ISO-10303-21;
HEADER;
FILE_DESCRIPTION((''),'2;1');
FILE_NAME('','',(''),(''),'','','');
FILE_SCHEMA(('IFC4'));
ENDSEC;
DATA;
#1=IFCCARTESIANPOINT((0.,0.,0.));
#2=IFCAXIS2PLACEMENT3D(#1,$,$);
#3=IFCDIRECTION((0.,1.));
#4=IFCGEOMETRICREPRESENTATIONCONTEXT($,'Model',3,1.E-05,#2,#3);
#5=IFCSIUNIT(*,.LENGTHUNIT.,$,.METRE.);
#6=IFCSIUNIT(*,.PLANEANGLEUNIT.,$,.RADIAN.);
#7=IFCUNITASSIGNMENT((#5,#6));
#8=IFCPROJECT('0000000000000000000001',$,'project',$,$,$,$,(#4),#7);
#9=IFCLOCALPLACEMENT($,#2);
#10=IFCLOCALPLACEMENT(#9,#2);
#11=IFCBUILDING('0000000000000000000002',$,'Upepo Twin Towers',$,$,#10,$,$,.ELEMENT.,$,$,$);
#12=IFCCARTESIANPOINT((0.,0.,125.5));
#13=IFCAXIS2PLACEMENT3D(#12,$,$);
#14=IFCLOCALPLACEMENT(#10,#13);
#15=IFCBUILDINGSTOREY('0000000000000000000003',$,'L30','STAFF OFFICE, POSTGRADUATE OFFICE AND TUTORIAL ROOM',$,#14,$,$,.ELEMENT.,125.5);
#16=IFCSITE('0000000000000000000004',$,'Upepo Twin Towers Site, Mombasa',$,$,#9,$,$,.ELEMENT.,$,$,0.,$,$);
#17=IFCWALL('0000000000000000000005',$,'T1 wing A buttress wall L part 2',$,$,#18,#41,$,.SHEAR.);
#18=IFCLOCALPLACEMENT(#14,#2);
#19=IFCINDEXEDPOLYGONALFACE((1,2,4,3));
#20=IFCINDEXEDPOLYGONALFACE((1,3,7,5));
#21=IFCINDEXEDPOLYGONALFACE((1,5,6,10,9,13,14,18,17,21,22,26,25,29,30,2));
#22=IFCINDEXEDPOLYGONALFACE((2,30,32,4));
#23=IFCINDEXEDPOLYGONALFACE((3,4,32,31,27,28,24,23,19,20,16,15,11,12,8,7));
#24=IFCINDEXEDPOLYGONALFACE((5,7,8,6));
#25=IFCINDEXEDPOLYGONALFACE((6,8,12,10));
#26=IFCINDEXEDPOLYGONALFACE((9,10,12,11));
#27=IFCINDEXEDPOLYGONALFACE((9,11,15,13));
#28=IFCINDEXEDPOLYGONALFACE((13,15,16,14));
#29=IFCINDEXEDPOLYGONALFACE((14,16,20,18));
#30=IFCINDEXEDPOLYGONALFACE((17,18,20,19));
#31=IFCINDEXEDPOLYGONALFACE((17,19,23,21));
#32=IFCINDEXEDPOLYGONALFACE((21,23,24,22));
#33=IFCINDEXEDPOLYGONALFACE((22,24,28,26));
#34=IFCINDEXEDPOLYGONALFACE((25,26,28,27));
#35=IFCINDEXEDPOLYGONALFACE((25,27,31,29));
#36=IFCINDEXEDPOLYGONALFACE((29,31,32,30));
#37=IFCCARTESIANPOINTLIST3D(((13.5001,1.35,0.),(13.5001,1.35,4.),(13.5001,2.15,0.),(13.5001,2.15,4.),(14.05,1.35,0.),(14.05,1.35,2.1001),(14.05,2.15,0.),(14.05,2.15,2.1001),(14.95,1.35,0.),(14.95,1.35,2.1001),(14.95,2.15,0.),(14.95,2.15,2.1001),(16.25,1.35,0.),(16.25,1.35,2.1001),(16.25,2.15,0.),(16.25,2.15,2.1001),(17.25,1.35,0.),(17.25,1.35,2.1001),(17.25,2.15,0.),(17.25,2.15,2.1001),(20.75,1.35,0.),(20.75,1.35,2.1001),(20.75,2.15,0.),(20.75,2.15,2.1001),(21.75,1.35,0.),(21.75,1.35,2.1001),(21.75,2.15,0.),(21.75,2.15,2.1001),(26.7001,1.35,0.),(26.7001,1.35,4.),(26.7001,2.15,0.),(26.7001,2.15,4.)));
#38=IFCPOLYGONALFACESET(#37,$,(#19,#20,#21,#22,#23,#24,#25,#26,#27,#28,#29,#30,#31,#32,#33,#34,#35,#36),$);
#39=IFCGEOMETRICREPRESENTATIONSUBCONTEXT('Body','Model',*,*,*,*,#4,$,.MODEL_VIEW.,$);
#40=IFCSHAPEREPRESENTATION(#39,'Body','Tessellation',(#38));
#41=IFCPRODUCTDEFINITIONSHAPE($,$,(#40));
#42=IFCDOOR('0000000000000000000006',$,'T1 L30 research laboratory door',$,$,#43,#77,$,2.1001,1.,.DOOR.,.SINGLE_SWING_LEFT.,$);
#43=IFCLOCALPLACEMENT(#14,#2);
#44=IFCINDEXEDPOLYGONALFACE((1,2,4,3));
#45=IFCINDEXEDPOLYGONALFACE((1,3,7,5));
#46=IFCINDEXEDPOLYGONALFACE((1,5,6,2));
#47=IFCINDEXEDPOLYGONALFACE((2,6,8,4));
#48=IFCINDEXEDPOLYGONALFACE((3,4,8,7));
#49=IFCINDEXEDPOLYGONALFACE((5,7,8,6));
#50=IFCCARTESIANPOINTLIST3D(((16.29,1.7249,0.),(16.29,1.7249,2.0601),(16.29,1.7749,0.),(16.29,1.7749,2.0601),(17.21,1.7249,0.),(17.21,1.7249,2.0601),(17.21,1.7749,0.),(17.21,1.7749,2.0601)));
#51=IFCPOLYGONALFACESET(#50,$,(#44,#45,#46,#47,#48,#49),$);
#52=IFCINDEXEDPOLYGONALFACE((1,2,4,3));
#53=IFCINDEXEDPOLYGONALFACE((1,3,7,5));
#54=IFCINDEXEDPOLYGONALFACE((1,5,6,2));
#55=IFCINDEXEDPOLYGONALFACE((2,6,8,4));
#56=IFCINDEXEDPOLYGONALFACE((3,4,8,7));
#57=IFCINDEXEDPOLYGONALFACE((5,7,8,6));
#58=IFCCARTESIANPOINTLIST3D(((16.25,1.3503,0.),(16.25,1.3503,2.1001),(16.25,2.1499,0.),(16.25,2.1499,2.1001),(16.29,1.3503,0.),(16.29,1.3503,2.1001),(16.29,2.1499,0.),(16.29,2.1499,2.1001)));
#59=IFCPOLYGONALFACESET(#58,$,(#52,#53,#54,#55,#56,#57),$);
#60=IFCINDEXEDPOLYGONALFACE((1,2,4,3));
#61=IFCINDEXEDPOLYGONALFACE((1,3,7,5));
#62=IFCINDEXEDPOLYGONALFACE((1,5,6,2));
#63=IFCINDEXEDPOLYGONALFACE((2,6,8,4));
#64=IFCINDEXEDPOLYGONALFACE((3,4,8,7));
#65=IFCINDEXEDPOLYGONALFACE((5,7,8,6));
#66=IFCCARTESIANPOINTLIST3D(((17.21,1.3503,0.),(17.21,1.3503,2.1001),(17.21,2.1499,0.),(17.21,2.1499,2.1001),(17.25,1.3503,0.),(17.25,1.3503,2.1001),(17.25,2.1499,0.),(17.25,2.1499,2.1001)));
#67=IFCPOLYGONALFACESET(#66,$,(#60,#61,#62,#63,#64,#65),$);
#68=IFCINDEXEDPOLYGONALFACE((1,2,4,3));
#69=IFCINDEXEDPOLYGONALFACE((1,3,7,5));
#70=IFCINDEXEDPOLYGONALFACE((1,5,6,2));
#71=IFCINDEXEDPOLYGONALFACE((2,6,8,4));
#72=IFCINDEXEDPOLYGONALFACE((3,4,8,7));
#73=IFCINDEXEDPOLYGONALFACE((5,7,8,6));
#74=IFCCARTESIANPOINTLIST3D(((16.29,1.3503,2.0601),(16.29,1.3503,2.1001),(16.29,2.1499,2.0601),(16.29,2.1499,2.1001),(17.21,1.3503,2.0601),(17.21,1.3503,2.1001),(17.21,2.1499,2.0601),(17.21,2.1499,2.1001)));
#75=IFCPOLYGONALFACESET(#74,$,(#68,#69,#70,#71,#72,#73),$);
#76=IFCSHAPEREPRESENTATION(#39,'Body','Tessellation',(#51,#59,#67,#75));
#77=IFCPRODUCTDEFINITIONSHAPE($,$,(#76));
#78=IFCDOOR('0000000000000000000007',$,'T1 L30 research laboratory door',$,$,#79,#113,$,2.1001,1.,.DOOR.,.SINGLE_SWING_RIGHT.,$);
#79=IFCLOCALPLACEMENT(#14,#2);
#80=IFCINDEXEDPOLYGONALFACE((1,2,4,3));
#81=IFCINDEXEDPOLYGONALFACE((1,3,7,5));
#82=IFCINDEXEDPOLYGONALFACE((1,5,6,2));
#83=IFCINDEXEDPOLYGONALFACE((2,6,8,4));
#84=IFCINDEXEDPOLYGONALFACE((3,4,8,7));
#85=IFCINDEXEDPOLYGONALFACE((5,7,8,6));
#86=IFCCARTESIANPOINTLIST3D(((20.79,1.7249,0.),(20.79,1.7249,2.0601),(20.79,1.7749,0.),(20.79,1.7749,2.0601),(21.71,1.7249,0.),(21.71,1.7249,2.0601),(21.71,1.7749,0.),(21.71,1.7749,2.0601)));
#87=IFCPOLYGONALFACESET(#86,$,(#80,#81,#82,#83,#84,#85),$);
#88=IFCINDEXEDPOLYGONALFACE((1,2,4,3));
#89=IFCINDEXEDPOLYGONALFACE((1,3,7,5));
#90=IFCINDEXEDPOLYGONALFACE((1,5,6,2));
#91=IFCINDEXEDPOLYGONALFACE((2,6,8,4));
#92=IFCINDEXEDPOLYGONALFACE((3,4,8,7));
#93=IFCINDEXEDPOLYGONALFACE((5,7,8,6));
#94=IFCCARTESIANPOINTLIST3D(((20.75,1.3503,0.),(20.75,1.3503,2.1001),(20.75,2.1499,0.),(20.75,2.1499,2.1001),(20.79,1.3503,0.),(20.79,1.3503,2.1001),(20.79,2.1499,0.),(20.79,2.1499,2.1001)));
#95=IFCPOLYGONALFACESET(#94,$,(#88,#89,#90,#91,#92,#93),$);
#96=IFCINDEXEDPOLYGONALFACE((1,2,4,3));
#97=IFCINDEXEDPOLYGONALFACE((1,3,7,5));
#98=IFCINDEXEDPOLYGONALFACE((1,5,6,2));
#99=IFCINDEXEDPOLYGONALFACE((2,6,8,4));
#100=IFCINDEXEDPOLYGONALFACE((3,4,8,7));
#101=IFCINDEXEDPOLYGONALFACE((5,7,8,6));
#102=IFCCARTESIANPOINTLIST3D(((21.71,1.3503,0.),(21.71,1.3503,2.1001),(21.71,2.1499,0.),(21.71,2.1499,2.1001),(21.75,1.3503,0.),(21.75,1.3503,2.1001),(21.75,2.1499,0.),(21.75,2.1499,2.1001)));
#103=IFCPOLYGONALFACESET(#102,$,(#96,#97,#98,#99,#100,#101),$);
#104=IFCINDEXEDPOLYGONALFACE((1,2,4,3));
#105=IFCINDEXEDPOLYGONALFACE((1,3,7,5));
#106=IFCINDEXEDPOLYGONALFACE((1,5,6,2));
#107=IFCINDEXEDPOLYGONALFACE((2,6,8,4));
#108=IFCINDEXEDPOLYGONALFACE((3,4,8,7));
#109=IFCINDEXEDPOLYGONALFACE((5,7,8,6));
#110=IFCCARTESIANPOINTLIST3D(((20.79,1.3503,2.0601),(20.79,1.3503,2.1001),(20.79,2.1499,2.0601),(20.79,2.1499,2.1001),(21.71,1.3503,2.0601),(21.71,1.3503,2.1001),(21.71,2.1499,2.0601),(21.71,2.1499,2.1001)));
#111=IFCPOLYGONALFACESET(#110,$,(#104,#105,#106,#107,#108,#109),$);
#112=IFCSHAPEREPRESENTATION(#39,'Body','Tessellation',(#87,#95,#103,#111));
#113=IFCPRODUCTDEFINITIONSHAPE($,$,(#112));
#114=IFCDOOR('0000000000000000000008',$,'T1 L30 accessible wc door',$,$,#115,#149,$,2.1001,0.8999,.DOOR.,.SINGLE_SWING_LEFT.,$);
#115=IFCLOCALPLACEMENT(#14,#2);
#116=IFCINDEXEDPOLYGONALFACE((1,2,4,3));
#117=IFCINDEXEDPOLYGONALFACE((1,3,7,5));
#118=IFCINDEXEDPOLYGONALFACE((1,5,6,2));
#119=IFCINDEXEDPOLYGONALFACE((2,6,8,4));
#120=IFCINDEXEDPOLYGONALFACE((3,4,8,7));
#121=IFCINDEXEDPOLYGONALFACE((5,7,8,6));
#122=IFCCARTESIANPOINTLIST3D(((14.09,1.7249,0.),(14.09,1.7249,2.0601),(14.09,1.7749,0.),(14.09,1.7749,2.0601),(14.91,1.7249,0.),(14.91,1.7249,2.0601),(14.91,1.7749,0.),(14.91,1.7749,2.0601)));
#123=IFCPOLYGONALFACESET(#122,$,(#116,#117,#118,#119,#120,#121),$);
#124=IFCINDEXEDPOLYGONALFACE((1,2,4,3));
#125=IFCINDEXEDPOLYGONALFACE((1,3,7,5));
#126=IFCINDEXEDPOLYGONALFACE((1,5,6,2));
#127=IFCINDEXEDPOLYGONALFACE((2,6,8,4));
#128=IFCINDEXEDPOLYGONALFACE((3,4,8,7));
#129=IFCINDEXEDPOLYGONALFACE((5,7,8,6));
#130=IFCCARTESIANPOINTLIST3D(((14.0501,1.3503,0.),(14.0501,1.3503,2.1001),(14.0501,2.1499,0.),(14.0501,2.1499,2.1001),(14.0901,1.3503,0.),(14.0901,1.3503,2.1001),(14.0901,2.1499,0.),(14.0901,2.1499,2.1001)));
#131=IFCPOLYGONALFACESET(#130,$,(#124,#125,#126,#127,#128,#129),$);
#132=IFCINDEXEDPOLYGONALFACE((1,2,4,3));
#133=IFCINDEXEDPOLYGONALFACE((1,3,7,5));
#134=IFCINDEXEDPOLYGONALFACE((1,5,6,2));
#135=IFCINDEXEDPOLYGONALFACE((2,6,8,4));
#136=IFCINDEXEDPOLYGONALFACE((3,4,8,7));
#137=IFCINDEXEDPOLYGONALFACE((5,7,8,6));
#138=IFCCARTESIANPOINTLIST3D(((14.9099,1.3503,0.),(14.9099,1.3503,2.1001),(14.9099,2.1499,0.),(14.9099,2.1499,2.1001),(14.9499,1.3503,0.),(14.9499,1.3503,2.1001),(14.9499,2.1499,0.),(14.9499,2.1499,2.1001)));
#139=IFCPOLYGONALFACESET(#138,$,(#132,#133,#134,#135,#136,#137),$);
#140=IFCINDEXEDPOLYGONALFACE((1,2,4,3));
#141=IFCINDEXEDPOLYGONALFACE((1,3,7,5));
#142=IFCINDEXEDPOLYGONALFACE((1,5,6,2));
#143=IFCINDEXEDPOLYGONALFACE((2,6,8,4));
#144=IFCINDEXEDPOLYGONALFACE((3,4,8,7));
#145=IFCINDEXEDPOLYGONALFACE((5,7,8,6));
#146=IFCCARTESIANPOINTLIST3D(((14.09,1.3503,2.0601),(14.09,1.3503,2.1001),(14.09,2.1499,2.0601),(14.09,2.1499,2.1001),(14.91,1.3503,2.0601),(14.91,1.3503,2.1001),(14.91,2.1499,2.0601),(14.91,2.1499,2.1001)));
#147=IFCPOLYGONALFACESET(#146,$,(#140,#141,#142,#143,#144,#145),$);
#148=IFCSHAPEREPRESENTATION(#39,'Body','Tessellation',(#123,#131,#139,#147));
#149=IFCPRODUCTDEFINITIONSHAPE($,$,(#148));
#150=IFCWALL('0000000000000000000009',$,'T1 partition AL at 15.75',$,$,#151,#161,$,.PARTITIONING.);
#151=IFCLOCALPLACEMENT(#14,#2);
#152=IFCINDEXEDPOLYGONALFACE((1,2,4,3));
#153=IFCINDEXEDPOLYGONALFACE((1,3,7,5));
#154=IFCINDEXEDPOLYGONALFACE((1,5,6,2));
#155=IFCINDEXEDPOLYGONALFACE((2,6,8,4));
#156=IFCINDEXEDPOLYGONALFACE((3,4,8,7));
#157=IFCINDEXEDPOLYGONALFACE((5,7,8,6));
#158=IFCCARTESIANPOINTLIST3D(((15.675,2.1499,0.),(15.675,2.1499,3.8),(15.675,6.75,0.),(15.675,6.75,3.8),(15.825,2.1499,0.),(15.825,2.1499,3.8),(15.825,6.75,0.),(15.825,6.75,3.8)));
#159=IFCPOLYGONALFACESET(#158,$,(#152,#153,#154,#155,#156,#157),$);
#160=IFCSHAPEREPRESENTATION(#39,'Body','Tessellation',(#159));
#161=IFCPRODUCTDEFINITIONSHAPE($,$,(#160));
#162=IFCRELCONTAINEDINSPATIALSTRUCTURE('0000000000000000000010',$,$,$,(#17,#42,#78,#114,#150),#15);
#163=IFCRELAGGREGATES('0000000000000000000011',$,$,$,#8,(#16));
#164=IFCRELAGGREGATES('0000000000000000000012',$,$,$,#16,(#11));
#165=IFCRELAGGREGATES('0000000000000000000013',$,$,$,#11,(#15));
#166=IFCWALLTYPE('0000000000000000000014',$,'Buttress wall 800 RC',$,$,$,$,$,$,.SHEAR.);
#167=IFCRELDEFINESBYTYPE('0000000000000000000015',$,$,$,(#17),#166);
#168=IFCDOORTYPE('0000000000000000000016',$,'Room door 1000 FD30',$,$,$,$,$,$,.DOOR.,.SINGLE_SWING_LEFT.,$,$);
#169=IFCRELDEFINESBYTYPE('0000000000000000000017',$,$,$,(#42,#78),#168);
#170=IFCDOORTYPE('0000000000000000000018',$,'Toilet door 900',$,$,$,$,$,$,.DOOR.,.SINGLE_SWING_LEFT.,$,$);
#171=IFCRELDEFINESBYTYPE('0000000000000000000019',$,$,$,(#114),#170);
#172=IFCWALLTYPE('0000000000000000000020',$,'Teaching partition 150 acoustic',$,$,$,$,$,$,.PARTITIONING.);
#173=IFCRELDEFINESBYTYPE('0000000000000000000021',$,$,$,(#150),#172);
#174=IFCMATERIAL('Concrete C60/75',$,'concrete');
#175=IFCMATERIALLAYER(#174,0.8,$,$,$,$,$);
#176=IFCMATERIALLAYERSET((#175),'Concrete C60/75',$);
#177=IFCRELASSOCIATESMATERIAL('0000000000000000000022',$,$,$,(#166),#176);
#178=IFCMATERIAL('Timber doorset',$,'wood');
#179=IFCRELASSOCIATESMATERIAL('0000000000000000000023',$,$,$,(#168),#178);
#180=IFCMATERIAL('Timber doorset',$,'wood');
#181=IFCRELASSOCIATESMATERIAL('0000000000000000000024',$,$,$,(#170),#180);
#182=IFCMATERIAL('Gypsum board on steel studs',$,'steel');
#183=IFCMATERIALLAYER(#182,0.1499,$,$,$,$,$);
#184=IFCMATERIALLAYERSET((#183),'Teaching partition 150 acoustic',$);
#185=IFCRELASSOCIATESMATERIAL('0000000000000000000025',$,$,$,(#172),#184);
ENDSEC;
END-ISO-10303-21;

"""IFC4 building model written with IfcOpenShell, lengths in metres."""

from ifc_helpers import new_model, si_unit, direction, frame, frame_2d, origin, place, context, subcontext, project, spatial, rectangle, extrude, material, layer, layer_set, type_object, element, fill, save


model = new_model("IFC4")

# Units and contexts
model_context = context("Model", 3, precision=1e-05, world=origin(), true_north=direction((0.0, 1.0)))
body_context = subcontext(model_context, "Body", "Model", "MODEL_VIEW")
ifc_project = project(units=[si_unit("LENGTHUNIT", "METRE"), si_unit("PLANEANGLEUNIT", "RADIAN")], contexts=[model_context])

# Site, building, storey
site_placement = place(None, origin())
site = spatial("IfcSite", under=ifc_project, at=site_placement, Name="Upepo Twin Towers Site, Mombasa", CompositionType="ELEMENT", RefElevation=0.0)
building_placement = place(site_placement, origin())
building = spatial("IfcBuilding", under=site, at=building_placement, Name="Upepo Twin Towers", CompositionType="ELEMENT")
storey_placement = place(building_placement, frame((0.0, 0.0, 125.5)))
storey = spatial("IfcBuildingStorey", under=building, at=storey_placement, Name="L30", Description="STAFF OFFICE, POSTGRADUATE OFFICE AND TUTORIAL ROOM", CompositionType="ELEMENT", Elevation=125.5)

# Wall, openings, doors
ifc_material_1 = material(Name="Concrete C60/75", Category="concrete")
ifc_layer_1 = layer(ifc_material_1, 0.8)
ifc_layer_set_1 = layer_set([ifc_layer_1], Name="Concrete C60/75")
wall_type_1 = type_object("IfcWallType", Name="Buttress wall 800 RC", PredefinedType="SHEAR", material=ifc_layer_set_1)
wall_1_placement = place(storey_placement, frame((13.5, 1.75, 0.0), z_axis=(0.0, 0.0, 1.0), x_axis=(1.0, 0.0, 0.0)))
wall_1 = element("IfcWall", 1, at=wall_1_placement, inside=storey, type_object=wall_type_1, Name="T1 wing A buttress wall L part 2", PredefinedType="SHEAR", context=body_context, shape_type="SweptSolid", body=[
    extrude(rectangle(XDim=13.2, YDim=0.8, at=frame_2d((6.6001, 0.0))), origin(), (0.0, 0.0, 1.0), 4.0),
])
opening_1_placement = place(wall_1_placement, frame((0.55, 0.0, 0.0)))
opening_1 = element("IfcOpeningElement", 2, at=opening_1_placement, cuts=wall_1, PredefinedType="OPENING", context=body_context, shape_type="SweptSolid", body=[
    extrude(rectangle(XDim=0.8999, YDim=2.1001, at=frame_2d((0.45, 1.05))), frame((0.0, 0.4099, 0.0), z_axis=(0.0, -1.0, 0.0), x_axis=(1.0, 0.0, 0.0)), (0.0, 0.0, 1.0), 0.8201),
])
opening_2_placement = place(wall_1_placement, frame((2.75, 0.0, 0.0)))
opening_2 = element("IfcOpeningElement", 3, at=opening_2_placement, cuts=wall_1, PredefinedType="OPENING", context=body_context, shape_type="SweptSolid", body=[
    extrude(rectangle(XDim=1.0, YDim=2.1001, at=frame_2d((0.5, 1.05))), frame((0.0, 0.4099, 0.0), z_axis=(0.0, -1.0, 0.0), x_axis=(1.0, 0.0, 0.0)), (0.0, 0.0, 1.0), 0.8201),
])
opening_3_placement = place(wall_1_placement, frame((7.25, 0.0, 0.0)))
opening_3 = element("IfcOpeningElement", 4, at=opening_3_placement, cuts=wall_1, PredefinedType="OPENING", context=body_context, shape_type="SweptSolid", body=[
    extrude(rectangle(XDim=1.0, YDim=2.1001, at=frame_2d((0.5, 1.05))), frame((0.0, 0.4099, 0.0), z_axis=(0.0, -1.0, 0.0), x_axis=(1.0, 0.0, 0.0)), (0.0, 0.0, 1.0), 0.8201),
])
ifc_material_2 = material(Name="Timber doorset", Category="wood")
door_type_1 = type_object("IfcDoorType", Name="Room door 1000 FD30", OperationType="SINGLE_SWING_LEFT", PredefinedType="DOOR", material=ifc_material_2)
door_1_placement = place(opening_2_placement, origin())
door_1 = element("IfcDoor", 5, at=door_1_placement, inside=storey, type_object=door_type_1, Name="T1 L30 research laboratory door", OperationType="SINGLE_SWING_LEFT", OverallHeight=2.1001, OverallWidth=1.0, PredefinedType="DOOR", context=body_context, shape_type="SweptSolid", body=[
    extrude(rectangle(XDim=0.92, YDim=2.0601, at=frame_2d((0.5, 1.03))), frame((0.0, 0.0249, 0.0), z_axis=(0.0, -1.0, 0.0), x_axis=(1.0, 0.0, 0.0)), (0.0, 0.0, 1.0), 0.05),
    extrude(rectangle(XDim=0.04, YDim=2.1001, at=frame_2d((0.02, 1.05))), frame((0.0, 0.3999, 0.0), z_axis=(0.0, -1.0, 0.0), x_axis=(1.0, 0.0, 0.0)), (0.0, 0.0, 1.0), 0.7996),
    extrude(rectangle(XDim=0.04, YDim=2.1001, at=frame_2d((0.98, 1.05))), frame((0.0, 0.3999, 0.0), z_axis=(0.0, -1.0, 0.0), x_axis=(1.0, 0.0, 0.0)), (0.0, 0.0, 1.0), 0.7996),
    extrude(rectangle(XDim=0.92, YDim=0.04, at=frame_2d((0.5, 2.0801))), frame((0.0, 0.3999, 0.0), z_axis=(0.0, -1.0, 0.0), x_axis=(1.0, 0.0, 0.0)), (0.0, 0.0, 1.0), 0.7996),
])
fill(opening_2, door_1)
door_2_placement = place(opening_3_placement, origin())
door_2 = element("IfcDoor", 6, at=door_2_placement, inside=storey, type_object=door_type_1, Name="T1 L30 research laboratory door", OperationType="SINGLE_SWING_RIGHT", OverallHeight=2.1001, OverallWidth=1.0, PredefinedType="DOOR", context=body_context, shape_type="SweptSolid", body=[
    extrude(rectangle(XDim=0.92, YDim=2.0601, at=frame_2d((0.5, 1.03))), frame((0.0, 0.0249, 0.0), z_axis=(0.0, -1.0, 0.0), x_axis=(1.0, 0.0, 0.0)), (0.0, 0.0, 1.0), 0.05),
    extrude(rectangle(XDim=0.04, YDim=2.1001, at=frame_2d((0.02, 1.05))), frame((0.0, 0.3999, 0.0), z_axis=(0.0, -1.0, 0.0), x_axis=(1.0, 0.0, 0.0)), (0.0, 0.0, 1.0), 0.7996),
    extrude(rectangle(XDim=0.04, YDim=2.1001, at=frame_2d((0.98, 1.05))), frame((0.0, 0.3999, 0.0), z_axis=(0.0, -1.0, 0.0), x_axis=(1.0, 0.0, 0.0)), (0.0, 0.0, 1.0), 0.7996),
    extrude(rectangle(XDim=0.92, YDim=0.04, at=frame_2d((0.5, 2.0801))), frame((0.0, 0.3999, 0.0), z_axis=(0.0, -1.0, 0.0), x_axis=(1.0, 0.0, 0.0)), (0.0, 0.0, 1.0), 0.7996),
])
fill(opening_3, door_2)
ifc_material_3 = material(Name="Timber doorset", Category="wood")
door_type_2 = type_object("IfcDoorType", Name="Toilet door 900", OperationType="SINGLE_SWING_LEFT", PredefinedType="DOOR", material=ifc_material_3)
door_3_placement = place(opening_1_placement, origin())
door_3 = element("IfcDoor", 7, at=door_3_placement, inside=storey, type_object=door_type_2, Name="T1 L30 accessible wc door", OperationType="SINGLE_SWING_LEFT", OverallHeight=2.1001, OverallWidth=0.8999, PredefinedType="DOOR", context=body_context, shape_type="SweptSolid", body=[
    extrude(rectangle(XDim=0.8199, YDim=2.0601, at=frame_2d((0.45, 1.03))), frame((0.0, 0.0249, 0.0), z_axis=(0.0, -1.0, 0.0), x_axis=(1.0, 0.0, 0.0)), (0.0, 0.0, 1.0), 0.05),
    extrude(rectangle(XDim=0.04, YDim=2.1001, at=frame_2d((0.02, 1.05))), frame((0.0, 0.3999, 0.0), z_axis=(0.0, -1.0, 0.0), x_axis=(1.0, 0.0, 0.0)), (0.0, 0.0, 1.0), 0.7996),
    extrude(rectangle(XDim=0.04, YDim=2.1001, at=frame_2d((0.8799, 1.05))), frame((0.0, 0.3999, 0.0), z_axis=(0.0, -1.0, 0.0), x_axis=(1.0, 0.0, 0.0)), (0.0, 0.0, 1.0), 0.7996),
    extrude(rectangle(XDim=0.8199, YDim=0.04, at=frame_2d((0.45, 2.0801))), frame((0.0, 0.3999, 0.0), z_axis=(0.0, -1.0, 0.0), x_axis=(1.0, 0.0, 0.0)), (0.0, 0.0, 1.0), 0.7996),
])
fill(opening_1, door_3)

# Wall
ifc_material_4 = material(Name="Gypsum board on steel studs", Category="steel")
ifc_layer_2 = layer(ifc_material_4, 0.1499)
ifc_layer_set_2 = layer_set([ifc_layer_2], Name="Teaching partition 150 acoustic")
wall_type_2 = type_object("IfcWallType", Name="Teaching partition 150 acoustic", PredefinedType="PARTITIONING", material=ifc_layer_set_2)
wall_2_placement = place(storey_placement, frame((15.75, 2.1499, 0.0), z_axis=(0.0, 0.0, 1.0), x_axis=(0.0, 1.0, 0.0)))
element("IfcWall", 8, at=wall_2_placement, inside=storey, type_object=wall_type_2, Name="T1 partition AL at 15.75", PredefinedType="PARTITIONING", context=body_context, shape_type="SweptSolid", body=[
    extrude(rectangle(XDim=4.6001, YDim=0.1499, at=frame_2d((2.3, 0.0))), origin(), (0.0, 0.0, 1.0), 3.8),
])

save(model, "model.ifc")
